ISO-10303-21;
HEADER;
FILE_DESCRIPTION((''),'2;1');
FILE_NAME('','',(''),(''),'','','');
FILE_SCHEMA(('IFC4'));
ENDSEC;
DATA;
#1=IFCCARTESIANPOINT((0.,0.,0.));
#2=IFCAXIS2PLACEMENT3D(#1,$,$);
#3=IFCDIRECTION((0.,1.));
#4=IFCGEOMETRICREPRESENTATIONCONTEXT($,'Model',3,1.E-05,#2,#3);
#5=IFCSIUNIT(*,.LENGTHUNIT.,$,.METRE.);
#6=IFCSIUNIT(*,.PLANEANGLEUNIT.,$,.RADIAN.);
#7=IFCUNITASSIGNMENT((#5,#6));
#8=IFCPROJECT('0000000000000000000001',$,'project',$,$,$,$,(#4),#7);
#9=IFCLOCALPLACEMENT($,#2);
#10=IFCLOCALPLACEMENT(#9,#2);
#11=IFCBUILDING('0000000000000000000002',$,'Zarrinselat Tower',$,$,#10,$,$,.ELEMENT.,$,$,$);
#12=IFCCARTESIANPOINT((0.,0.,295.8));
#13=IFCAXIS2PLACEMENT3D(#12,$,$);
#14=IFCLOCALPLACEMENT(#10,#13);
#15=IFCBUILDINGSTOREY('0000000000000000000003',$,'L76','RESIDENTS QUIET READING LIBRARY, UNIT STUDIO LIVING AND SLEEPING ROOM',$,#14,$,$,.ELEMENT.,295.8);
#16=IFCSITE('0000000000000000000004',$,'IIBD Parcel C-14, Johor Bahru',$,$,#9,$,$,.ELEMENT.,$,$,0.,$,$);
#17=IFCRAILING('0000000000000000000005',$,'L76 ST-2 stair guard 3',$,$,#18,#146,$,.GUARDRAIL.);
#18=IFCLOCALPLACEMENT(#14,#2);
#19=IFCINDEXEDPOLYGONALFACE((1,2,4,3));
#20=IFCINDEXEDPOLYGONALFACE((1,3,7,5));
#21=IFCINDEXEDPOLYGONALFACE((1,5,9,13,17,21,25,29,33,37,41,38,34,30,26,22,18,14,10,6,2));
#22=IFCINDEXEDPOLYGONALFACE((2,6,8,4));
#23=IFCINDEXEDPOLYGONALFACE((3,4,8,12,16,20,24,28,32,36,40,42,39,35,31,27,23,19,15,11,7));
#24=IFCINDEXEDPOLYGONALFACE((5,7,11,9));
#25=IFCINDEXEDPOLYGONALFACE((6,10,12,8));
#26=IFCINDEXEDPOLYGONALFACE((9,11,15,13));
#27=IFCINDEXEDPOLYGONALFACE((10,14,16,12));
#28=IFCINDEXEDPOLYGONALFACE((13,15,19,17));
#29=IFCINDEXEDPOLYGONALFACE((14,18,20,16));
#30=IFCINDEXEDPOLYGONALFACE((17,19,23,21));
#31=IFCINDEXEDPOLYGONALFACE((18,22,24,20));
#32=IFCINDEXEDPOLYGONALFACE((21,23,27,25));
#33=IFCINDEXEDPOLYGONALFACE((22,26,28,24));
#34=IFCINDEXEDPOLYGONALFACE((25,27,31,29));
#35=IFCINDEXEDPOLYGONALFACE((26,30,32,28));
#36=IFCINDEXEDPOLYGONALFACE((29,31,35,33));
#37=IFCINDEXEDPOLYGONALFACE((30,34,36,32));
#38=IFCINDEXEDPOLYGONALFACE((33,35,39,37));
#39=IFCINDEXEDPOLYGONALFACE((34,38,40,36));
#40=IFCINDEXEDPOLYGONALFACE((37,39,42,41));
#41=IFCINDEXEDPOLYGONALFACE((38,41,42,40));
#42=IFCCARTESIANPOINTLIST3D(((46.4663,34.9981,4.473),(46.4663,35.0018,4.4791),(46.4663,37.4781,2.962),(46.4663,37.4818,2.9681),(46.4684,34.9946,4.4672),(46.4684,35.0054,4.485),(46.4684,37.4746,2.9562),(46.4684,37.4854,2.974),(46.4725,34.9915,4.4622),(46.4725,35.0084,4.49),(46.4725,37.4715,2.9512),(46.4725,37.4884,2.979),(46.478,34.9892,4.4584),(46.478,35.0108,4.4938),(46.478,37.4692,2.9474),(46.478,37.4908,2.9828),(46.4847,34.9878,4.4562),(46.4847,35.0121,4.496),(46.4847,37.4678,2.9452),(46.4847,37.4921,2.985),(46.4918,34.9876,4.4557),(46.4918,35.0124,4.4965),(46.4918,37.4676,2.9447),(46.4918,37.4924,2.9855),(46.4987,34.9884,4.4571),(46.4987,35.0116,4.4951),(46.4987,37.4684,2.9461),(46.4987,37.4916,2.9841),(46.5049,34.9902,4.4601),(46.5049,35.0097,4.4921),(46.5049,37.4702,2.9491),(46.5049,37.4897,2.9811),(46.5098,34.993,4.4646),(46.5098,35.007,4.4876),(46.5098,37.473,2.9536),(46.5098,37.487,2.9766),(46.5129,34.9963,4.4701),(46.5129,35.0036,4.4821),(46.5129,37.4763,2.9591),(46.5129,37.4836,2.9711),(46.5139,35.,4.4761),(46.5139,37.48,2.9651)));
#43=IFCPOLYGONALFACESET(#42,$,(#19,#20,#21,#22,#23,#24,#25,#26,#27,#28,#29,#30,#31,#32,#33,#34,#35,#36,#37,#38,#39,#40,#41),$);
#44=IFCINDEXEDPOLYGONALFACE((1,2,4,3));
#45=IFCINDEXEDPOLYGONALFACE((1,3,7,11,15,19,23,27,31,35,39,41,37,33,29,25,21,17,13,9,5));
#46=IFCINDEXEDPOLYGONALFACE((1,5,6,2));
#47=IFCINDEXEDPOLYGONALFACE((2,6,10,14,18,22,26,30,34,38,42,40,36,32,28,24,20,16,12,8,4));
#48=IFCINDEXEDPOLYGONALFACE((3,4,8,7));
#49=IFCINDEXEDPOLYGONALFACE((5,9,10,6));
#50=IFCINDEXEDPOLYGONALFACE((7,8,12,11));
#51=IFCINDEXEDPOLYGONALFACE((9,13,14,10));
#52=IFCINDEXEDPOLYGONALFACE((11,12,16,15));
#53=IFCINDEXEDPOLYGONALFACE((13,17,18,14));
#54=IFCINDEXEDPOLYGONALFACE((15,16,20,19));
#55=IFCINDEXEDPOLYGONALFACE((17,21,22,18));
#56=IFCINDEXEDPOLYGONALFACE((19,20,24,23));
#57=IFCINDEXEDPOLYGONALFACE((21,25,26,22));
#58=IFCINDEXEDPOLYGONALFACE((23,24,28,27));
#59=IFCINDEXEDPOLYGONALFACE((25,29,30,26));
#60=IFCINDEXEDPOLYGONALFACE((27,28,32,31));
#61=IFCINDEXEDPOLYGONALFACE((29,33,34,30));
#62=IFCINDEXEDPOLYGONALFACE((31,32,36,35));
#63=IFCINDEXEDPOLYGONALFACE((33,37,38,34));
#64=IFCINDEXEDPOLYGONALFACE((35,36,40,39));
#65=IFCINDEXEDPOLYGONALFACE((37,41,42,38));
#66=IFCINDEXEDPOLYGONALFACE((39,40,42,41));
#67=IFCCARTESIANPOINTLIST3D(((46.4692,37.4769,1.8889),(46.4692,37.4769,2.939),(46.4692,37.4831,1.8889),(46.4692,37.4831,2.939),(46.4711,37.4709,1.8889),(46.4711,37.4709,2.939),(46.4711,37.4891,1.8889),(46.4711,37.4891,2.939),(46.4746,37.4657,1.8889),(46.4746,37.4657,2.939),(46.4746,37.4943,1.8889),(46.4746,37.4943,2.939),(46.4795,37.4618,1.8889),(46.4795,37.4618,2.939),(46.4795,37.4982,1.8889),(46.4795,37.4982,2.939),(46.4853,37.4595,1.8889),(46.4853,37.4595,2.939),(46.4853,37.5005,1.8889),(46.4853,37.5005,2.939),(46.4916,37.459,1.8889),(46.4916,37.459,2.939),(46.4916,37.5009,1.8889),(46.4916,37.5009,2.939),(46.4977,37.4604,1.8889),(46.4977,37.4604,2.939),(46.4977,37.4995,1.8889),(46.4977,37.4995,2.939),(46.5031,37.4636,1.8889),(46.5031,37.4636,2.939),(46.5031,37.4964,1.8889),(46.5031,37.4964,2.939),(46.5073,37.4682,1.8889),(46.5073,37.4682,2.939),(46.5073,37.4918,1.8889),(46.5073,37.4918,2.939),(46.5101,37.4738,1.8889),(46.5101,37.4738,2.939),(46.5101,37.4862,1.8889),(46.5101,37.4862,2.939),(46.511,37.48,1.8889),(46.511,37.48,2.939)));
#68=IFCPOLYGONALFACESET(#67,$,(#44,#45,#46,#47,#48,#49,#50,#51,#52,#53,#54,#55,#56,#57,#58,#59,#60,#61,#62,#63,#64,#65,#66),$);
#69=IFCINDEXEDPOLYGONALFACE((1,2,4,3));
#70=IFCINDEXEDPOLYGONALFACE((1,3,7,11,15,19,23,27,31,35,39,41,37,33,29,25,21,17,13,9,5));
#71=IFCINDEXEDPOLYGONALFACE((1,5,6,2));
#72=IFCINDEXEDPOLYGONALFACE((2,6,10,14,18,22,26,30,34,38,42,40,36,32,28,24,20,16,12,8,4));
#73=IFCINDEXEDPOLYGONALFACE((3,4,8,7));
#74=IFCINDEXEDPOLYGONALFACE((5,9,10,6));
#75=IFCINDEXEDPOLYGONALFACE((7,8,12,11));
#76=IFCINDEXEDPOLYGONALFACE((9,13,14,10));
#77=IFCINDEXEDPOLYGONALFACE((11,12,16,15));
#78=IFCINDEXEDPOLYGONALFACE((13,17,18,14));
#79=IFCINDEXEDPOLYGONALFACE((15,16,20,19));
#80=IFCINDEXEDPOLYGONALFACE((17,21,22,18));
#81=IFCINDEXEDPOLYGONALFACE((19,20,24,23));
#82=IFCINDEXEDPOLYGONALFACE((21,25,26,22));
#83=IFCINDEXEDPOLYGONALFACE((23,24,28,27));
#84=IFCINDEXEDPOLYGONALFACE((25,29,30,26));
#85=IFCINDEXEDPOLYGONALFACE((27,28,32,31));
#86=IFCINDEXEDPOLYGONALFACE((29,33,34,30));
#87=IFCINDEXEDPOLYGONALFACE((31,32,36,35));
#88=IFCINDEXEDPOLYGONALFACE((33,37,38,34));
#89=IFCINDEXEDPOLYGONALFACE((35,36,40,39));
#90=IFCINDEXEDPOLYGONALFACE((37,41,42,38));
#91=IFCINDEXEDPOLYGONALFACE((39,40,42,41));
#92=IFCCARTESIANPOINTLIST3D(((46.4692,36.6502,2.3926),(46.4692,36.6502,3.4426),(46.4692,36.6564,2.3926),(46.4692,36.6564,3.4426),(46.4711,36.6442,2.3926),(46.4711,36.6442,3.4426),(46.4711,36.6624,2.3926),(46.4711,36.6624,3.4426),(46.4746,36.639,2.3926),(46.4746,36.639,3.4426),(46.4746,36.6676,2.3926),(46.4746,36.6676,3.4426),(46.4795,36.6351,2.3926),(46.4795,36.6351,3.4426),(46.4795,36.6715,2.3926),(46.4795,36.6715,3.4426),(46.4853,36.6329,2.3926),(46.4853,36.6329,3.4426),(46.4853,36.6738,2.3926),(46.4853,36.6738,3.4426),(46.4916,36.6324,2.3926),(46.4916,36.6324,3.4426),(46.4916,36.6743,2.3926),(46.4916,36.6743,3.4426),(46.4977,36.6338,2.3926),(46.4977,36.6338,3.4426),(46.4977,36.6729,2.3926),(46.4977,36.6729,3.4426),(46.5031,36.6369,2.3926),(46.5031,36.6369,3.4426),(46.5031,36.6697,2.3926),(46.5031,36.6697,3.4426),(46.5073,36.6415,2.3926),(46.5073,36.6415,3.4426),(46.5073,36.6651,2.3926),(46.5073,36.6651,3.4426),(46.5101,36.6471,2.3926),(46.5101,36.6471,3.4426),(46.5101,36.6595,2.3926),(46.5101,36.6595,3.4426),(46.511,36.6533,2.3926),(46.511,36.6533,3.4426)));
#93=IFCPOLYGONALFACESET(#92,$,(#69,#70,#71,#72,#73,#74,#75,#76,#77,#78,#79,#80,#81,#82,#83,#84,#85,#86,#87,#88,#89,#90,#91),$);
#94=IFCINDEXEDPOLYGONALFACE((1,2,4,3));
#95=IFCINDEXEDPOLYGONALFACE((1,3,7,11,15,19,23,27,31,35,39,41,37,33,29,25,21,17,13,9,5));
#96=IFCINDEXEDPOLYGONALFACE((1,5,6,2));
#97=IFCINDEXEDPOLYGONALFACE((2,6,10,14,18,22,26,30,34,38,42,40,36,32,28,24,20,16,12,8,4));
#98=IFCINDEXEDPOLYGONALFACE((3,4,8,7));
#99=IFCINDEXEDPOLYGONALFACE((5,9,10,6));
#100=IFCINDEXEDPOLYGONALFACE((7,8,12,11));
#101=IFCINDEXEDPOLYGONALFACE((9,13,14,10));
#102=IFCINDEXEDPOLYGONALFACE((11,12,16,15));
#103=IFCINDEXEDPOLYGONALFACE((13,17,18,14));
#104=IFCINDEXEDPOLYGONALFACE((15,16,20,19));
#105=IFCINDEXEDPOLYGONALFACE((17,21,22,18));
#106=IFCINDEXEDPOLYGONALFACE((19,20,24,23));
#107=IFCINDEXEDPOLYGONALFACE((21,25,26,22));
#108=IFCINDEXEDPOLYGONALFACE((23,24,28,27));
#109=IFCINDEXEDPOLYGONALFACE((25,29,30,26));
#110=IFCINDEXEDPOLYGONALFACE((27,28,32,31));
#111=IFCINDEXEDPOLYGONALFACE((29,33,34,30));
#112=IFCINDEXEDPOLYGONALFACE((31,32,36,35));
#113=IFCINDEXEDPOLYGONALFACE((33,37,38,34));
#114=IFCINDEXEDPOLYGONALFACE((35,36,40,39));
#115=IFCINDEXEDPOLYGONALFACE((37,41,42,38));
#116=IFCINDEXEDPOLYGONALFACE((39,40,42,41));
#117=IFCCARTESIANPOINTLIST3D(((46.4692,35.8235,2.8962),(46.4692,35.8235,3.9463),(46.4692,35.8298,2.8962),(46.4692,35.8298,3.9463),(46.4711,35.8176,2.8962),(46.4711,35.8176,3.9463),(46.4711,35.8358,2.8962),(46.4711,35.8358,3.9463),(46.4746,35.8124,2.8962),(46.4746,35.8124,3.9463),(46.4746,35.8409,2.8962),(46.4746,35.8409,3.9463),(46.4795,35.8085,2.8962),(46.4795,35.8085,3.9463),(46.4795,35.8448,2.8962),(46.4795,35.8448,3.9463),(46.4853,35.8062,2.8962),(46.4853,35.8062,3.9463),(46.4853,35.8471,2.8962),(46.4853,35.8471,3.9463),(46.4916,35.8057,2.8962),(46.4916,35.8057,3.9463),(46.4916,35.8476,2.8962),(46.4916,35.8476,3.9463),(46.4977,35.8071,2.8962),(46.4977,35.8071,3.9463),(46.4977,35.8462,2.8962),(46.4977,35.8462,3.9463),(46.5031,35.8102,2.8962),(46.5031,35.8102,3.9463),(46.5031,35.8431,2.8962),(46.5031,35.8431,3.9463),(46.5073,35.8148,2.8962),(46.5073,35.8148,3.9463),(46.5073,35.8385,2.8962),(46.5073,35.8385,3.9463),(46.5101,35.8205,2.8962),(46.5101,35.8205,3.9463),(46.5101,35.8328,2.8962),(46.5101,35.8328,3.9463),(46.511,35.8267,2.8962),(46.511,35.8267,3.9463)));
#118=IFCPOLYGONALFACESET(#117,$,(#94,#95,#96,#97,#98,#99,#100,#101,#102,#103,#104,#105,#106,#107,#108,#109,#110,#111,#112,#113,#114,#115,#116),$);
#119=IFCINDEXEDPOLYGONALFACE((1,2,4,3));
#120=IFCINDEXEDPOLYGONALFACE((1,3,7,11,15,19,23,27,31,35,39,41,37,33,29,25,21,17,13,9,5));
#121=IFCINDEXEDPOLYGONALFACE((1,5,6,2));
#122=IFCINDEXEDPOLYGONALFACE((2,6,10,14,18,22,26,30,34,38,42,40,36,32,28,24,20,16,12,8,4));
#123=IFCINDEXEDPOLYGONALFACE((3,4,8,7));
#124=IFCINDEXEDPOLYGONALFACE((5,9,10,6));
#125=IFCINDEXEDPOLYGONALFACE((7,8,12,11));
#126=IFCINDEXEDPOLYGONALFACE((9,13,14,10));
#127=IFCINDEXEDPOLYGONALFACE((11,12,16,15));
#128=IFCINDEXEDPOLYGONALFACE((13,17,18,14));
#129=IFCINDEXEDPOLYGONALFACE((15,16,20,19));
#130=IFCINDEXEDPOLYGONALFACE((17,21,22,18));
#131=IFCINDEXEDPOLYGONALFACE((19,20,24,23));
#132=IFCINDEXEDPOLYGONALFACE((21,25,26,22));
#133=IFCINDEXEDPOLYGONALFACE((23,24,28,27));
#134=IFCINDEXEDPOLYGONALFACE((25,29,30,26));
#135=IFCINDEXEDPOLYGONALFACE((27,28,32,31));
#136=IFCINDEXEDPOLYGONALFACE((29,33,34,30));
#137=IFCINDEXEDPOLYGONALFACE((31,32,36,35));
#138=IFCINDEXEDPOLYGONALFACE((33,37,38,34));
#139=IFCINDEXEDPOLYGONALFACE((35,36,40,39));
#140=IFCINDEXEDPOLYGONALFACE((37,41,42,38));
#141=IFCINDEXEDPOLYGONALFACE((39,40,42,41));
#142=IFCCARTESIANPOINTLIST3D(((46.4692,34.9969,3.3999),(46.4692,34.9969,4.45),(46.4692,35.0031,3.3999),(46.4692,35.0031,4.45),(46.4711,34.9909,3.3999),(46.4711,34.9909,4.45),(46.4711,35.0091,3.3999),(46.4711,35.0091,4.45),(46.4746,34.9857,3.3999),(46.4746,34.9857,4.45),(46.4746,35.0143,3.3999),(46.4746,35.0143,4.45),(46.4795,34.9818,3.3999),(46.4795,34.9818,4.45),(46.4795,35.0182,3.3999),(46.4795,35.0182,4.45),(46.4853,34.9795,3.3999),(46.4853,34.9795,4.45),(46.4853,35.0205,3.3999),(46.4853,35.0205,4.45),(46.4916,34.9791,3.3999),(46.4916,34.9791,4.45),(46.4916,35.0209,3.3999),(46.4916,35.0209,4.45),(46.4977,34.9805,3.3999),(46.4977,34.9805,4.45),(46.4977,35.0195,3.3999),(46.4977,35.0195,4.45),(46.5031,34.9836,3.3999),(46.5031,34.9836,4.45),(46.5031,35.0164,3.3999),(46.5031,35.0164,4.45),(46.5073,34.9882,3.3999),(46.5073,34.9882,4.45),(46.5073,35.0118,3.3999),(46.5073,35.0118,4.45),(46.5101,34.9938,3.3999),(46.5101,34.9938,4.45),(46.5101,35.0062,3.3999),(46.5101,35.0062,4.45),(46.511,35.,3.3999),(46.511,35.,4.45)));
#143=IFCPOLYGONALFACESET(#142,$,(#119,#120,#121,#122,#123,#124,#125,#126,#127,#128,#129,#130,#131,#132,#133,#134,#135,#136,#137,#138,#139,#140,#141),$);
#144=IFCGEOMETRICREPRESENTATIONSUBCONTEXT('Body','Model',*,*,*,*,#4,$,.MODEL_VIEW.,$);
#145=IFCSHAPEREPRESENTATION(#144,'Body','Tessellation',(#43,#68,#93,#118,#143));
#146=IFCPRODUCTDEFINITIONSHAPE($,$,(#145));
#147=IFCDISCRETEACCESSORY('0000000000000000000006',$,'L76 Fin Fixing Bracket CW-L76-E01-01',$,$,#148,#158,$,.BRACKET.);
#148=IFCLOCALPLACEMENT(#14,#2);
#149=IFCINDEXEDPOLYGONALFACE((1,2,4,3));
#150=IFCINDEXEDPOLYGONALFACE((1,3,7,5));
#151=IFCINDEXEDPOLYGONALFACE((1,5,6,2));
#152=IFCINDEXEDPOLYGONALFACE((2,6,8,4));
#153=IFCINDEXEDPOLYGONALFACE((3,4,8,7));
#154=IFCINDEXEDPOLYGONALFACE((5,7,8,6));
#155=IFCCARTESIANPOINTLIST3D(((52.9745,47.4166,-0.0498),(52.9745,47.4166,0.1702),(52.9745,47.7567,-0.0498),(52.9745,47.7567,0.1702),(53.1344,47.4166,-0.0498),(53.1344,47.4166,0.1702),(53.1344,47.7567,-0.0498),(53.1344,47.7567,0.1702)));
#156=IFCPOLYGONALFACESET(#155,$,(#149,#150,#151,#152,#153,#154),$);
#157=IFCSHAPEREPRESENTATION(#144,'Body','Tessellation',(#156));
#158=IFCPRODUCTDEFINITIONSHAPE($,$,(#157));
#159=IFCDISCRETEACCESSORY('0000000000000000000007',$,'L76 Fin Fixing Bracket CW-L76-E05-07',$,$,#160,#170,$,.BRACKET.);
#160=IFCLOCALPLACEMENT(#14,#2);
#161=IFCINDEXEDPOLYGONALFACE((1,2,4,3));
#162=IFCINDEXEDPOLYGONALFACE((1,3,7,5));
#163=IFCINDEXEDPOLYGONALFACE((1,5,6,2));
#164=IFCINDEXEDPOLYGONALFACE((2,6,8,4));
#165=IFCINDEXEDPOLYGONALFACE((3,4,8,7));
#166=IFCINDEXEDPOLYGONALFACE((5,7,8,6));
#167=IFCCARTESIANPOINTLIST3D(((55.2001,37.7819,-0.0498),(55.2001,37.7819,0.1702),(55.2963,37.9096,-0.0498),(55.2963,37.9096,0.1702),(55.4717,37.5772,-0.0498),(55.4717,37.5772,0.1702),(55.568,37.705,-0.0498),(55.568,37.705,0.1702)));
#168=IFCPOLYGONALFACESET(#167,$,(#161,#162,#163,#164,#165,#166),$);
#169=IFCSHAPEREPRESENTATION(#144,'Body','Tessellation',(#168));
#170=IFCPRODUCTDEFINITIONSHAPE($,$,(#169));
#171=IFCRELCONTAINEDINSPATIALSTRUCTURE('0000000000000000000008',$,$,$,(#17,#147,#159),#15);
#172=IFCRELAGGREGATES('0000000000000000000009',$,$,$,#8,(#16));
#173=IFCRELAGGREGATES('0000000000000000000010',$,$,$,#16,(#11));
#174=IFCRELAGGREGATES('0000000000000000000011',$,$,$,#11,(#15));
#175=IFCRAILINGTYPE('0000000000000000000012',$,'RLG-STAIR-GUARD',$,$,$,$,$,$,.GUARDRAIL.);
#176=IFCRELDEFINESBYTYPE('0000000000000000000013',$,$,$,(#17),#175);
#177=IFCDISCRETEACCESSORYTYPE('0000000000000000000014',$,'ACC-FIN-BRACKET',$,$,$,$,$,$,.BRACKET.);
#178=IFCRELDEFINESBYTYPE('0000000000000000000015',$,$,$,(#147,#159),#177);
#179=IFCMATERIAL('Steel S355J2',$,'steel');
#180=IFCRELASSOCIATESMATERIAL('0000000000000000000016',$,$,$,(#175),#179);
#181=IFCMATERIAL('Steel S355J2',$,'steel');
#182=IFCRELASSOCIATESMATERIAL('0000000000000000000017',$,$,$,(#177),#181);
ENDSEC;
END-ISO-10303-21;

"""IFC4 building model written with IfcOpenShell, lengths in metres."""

from ifc_helpers import new_model, si_unit, direction, frame, origin, origin_2d, place, context, subcontext, project, spatial, rectangle, circle, extrude, material, type_object, element, save


model = new_model("IFC4")

# Units and contexts
model_context = context("Model", 3, precision=1e-05, world=origin(), true_north=direction((0.0, 1.0)))
body_context = subcontext(model_context, "Body", "Model", "MODEL_VIEW")
ifc_project = project(units=[si_unit("LENGTHUNIT", "METRE"), si_unit("PLANEANGLEUNIT", "RADIAN")], contexts=[model_context])

# Site, building, storey
site_placement = place(None, origin())
site = spatial("IfcSite", under=ifc_project, at=site_placement, Name="IIBD Parcel C-14, Johor Bahru", CompositionType="ELEMENT", RefElevation=0.0)
building_placement = place(site_placement, origin())
building = spatial("IfcBuilding", under=site, at=building_placement, Name="Zarrinselat Tower", CompositionType="ELEMENT")
storey_placement = place(building_placement, frame((0.0, 0.0, 295.8)))
storey = spatial("IfcBuildingStorey", under=building, at=storey_placement, Name="L76", Description="RESIDENTS QUIET READING LIBRARY, UNIT STUDIO LIVING AND SLEEPING ROOM", CompositionType="ELEMENT", Elevation=295.8)

# Railing
ifc_material_1 = material(Name="Steel S355J2", Category="steel")
railing_type = type_object("IfcRailingType", Name="RLG-STAIR-GUARD", PredefinedType="GUARDRAIL", material=ifc_material_1)
railing_1_placement = place(storey_placement, frame((46.49, 37.48, 1.8889)))
element("IfcRailing", 1, at=railing_1_placement, inside=storey, type_object=railing_type, Name="L76 ST-2 stair guard 3", PredefinedType="GUARDRAIL", context=body_context, shape_type="SweptSolid", body=[
    extrude(circle(Radius=0.0239, at=origin_2d()), frame((0.0, 0.0, 1.0762), z_axis=(0.0, -0.853979, 0.520307), x_axis=(1.0, 0.0, 0.0)), (0.0, 0.0, 1.0), 2.9041),
    extrude(circle(Radius=0.021, at=origin_2d()), origin(), (0.0, 0.0, 1.0), 1.05),
    extrude(circle(Radius=0.021, at=origin_2d()), frame((0.0, -0.8267, 0.5037)), (0.0, 0.0, 1.0), 1.05),
    extrude(circle(Radius=0.021, at=origin_2d()), frame((0.0, -1.6533, 1.0073)), (0.0, 0.0, 1.0), 1.05),
    extrude(circle(Radius=0.021, at=origin_2d()), frame((0.0, -2.48, 1.511)), (0.0, 0.0, 1.0), 1.05),
])

# Discrete accessories
ifc_material_2 = material(Name="Steel S355J2", Category="steel")
discrete_accessory_type = type_object("IfcDiscreteAccessoryType", Name="ACC-FIN-BRACKET", PredefinedType="BRACKET", material=ifc_material_2)
for number, where, z_axis, x_axis, name in (
    (2, (53.0544, 47.5867, -0.0498), (0.0, 0.0, 1.0), (0.0, 1.0, 0.0), "L76 Fin Fixing Bracket CW-L76-E01-01"),
    (3, (55.384, 37.7434, -0.0498), (0.0, 0.0, 1.0), (0.798743, -0.601673, 0.0), "L76 Fin Fixing Bracket CW-L76-E05-07"),
):
    element("IfcDiscreteAccessory", number, at=place(storey_placement, frame(where, z_axis=z_axis, x_axis=x_axis)), inside=storey, type_object=discrete_accessory_type, Name=name, PredefinedType="BRACKET", context=body_context, shape_type="SweptSolid", body=[
        extrude(rectangle(XDim=0.3401, YDim=0.1599, at=origin_2d()), origin(), (0.0, 0.0, 1.0), 0.22),
    ])

save(model, "model.ifc")
